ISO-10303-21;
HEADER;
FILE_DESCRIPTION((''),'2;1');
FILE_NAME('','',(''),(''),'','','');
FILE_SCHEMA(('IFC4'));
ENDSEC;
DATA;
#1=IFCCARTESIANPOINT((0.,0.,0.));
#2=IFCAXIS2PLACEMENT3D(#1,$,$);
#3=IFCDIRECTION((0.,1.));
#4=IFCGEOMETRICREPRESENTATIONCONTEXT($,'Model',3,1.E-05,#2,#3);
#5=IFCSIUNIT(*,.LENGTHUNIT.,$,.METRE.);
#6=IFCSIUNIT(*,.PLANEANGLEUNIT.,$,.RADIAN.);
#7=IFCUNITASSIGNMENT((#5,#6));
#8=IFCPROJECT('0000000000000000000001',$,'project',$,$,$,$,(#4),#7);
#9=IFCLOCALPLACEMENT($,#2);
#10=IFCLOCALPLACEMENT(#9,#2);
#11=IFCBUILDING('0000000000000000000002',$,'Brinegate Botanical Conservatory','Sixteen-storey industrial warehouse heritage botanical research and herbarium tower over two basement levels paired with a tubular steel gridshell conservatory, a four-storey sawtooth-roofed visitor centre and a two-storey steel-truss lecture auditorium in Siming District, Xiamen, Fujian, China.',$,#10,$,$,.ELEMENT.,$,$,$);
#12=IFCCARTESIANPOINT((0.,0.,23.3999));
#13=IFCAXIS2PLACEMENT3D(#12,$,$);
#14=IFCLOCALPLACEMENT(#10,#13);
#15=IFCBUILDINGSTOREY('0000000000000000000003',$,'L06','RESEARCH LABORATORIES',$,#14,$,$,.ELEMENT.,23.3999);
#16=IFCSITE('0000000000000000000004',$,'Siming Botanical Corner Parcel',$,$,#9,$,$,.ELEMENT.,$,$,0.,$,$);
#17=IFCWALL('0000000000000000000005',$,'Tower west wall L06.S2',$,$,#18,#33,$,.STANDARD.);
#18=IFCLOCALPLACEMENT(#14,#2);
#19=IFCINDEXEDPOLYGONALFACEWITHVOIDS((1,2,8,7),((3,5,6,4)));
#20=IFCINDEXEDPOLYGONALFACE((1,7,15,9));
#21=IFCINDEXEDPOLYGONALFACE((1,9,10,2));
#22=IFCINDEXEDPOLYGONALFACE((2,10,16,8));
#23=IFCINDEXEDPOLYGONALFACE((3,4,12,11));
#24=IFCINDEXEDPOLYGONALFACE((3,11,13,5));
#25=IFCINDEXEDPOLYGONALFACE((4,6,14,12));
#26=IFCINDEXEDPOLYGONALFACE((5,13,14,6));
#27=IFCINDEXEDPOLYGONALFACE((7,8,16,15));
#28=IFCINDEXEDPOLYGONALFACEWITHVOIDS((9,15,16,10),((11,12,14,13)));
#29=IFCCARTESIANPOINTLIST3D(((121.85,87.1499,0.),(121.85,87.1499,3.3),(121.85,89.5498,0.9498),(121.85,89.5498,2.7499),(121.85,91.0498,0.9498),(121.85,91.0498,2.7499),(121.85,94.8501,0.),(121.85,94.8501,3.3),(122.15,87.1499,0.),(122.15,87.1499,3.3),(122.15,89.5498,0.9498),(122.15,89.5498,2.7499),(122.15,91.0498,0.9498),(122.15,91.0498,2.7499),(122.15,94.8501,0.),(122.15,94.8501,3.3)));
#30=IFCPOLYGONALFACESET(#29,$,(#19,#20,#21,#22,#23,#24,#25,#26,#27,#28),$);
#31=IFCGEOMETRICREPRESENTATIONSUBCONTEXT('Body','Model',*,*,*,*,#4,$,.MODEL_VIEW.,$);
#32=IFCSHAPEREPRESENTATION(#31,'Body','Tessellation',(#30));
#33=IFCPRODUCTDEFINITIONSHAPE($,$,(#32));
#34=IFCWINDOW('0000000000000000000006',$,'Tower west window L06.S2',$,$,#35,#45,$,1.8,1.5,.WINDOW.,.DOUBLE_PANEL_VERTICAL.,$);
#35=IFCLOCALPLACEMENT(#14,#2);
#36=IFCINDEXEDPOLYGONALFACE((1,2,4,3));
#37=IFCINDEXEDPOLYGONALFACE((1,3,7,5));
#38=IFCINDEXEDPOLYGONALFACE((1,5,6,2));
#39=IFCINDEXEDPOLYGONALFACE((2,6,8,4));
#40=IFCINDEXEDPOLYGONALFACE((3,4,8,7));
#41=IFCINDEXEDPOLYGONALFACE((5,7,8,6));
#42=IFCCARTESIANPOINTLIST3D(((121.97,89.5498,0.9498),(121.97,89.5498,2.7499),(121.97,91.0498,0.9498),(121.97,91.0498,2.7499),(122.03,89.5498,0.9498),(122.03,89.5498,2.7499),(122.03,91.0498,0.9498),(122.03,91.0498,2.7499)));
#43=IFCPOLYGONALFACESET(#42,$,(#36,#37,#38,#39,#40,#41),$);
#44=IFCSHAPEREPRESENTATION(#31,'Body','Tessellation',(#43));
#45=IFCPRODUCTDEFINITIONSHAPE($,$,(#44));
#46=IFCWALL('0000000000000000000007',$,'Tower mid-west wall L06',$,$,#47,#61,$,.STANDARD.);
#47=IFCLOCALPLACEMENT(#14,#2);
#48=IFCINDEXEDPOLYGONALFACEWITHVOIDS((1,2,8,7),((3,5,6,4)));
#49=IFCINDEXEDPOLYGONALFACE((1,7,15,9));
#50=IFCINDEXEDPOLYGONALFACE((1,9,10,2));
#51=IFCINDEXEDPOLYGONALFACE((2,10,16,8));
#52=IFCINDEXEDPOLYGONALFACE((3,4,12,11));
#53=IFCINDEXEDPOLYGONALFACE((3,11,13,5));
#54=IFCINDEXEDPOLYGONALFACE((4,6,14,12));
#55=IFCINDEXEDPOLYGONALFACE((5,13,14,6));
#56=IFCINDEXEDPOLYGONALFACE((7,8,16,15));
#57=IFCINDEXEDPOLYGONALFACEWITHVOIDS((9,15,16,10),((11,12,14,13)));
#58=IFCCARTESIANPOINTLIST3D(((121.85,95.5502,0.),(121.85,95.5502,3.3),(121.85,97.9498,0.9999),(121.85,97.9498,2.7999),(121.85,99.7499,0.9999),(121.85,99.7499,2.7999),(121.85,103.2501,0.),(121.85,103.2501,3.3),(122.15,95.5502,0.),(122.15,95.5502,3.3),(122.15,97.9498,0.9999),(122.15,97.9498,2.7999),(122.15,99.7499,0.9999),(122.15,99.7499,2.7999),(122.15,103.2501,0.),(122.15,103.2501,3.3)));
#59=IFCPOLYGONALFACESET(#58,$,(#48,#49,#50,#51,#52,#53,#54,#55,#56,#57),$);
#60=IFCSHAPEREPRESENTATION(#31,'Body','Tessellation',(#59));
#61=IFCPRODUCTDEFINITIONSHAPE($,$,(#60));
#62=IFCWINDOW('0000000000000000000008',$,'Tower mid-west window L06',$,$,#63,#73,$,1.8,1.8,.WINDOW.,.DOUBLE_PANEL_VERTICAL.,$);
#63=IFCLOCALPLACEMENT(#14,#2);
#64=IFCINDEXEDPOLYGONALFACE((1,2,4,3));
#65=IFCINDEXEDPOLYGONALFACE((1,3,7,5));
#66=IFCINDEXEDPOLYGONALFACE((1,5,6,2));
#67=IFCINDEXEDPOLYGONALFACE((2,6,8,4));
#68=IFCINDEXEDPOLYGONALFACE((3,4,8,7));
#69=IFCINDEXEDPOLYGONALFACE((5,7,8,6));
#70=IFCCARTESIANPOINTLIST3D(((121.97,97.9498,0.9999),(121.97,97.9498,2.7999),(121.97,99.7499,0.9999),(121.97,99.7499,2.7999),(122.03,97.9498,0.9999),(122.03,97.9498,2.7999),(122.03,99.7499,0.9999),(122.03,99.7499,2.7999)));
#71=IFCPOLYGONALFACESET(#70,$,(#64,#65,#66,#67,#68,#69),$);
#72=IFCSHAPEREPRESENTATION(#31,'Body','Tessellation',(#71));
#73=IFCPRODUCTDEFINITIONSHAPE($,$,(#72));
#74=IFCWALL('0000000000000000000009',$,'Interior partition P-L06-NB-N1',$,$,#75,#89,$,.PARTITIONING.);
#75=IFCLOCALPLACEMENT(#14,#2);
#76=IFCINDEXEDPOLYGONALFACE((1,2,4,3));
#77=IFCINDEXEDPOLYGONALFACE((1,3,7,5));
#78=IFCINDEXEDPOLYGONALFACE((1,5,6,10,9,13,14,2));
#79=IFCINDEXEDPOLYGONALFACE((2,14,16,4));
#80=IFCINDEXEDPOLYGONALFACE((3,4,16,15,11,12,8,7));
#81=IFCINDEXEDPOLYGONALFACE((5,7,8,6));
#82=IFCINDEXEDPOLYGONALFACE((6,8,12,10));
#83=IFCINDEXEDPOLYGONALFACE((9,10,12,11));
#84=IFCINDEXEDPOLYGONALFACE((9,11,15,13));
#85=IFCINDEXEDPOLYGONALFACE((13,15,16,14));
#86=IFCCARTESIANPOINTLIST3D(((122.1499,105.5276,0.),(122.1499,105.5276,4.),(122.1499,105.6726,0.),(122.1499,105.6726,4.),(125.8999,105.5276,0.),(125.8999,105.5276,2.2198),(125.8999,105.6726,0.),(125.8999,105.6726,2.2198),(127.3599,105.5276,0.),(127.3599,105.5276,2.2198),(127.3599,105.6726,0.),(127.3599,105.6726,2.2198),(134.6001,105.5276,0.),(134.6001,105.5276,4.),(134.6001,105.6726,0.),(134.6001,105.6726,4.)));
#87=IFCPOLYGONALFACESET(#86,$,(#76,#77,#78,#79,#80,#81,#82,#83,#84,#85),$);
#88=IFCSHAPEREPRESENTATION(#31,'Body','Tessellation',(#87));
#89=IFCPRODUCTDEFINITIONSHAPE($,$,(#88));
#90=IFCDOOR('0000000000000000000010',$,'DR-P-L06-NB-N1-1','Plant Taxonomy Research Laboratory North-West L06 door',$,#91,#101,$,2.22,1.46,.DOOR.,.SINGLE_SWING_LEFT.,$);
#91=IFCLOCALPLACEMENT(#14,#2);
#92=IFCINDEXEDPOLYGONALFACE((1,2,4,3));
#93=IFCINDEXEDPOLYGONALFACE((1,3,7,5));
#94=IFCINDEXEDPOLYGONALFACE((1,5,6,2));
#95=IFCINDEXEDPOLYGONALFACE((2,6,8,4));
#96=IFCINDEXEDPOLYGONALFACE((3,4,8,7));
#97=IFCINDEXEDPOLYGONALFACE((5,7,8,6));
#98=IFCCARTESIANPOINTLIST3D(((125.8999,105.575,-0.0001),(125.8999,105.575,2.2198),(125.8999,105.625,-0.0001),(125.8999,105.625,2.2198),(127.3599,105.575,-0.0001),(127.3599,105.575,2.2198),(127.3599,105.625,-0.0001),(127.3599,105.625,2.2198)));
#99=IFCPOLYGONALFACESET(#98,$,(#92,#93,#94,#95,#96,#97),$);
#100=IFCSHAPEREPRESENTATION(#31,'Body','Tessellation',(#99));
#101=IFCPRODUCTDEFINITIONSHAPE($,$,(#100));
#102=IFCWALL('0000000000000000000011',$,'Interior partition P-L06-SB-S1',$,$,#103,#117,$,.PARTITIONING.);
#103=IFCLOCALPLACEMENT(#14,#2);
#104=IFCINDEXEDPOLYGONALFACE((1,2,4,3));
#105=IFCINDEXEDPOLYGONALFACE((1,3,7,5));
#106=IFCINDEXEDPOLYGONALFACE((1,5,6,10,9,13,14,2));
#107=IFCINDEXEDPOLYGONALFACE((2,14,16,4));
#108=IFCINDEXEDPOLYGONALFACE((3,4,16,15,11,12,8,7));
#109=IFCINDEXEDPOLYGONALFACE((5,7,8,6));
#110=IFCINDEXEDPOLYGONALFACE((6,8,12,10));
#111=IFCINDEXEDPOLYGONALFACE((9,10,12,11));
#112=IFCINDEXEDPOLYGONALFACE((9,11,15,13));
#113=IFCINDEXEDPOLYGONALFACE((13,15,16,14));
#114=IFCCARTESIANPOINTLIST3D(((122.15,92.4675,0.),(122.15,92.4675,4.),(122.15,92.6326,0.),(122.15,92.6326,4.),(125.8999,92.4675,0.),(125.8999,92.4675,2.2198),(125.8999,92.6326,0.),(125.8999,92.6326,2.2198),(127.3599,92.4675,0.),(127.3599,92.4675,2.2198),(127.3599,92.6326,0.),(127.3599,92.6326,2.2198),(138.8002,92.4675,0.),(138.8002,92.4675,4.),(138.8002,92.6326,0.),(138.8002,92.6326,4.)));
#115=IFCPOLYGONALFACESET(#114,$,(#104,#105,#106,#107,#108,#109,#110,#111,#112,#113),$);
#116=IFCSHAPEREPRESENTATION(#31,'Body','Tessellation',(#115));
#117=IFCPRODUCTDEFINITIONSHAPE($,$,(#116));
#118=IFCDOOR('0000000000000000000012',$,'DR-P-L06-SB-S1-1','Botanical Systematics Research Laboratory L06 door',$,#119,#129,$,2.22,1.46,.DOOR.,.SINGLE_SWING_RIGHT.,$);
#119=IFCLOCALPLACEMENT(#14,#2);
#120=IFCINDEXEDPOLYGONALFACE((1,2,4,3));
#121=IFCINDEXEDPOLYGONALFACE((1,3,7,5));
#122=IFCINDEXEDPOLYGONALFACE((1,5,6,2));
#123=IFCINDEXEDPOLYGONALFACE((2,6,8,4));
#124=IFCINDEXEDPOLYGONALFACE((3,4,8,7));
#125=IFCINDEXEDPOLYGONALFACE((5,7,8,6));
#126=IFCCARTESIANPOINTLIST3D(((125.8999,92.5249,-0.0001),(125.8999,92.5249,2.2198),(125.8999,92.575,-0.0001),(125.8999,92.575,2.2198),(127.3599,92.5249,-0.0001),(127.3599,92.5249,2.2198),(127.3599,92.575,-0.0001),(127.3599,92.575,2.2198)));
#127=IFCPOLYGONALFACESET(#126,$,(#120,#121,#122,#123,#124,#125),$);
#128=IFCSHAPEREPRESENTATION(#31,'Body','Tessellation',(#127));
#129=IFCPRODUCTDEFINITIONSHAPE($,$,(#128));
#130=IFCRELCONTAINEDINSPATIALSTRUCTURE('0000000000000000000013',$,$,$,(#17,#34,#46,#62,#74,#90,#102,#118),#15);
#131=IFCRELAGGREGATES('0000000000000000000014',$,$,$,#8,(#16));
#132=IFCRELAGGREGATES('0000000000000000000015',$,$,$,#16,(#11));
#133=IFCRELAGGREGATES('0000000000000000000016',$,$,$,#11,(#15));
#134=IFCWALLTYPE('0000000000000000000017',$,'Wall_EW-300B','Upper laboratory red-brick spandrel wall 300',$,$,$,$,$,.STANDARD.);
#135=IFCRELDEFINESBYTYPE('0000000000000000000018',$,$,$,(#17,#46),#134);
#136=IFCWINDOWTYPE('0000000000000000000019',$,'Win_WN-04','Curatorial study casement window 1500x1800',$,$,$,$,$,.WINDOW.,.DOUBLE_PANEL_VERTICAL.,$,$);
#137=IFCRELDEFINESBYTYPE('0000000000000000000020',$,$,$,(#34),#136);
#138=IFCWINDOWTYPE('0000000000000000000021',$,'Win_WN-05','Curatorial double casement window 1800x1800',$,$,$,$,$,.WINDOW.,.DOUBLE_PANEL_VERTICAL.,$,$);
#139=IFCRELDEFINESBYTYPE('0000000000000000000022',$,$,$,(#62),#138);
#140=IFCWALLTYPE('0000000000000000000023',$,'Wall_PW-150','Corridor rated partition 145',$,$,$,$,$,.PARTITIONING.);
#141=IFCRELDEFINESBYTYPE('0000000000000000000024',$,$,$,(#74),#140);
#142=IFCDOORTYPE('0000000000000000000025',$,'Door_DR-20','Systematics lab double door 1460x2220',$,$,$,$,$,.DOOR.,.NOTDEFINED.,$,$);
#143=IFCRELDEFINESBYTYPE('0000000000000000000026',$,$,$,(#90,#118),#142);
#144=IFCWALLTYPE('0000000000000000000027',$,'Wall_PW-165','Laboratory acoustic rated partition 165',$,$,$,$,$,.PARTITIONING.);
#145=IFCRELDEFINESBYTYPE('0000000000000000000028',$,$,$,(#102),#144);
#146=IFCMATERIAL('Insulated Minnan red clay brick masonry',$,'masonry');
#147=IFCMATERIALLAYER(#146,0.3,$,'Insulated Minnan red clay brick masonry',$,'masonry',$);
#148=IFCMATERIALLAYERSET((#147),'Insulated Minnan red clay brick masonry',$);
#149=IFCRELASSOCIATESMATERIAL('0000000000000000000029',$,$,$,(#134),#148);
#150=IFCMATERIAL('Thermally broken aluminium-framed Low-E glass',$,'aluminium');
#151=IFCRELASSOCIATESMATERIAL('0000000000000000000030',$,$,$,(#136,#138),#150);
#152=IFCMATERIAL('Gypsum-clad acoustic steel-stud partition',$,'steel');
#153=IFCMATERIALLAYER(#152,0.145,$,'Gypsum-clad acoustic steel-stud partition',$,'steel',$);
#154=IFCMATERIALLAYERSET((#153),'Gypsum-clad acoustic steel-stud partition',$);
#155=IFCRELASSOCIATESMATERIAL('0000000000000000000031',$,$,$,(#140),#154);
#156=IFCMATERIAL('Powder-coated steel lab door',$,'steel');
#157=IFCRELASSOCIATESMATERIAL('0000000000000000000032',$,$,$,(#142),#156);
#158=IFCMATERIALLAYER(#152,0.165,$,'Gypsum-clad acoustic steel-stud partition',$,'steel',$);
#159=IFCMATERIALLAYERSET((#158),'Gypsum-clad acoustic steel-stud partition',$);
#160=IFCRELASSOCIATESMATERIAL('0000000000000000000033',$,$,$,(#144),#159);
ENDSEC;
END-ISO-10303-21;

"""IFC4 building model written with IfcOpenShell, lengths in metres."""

from ifc_helpers import new_model, si_unit, direction, frame, frame_2d, origin, place, context, subcontext, project, spatial, rectangle, extrude, material, layer, layer_set, type_object, element, fill, save


model = new_model("IFC4")

# Units and contexts
model_context = context("Model", 3, precision=1e-05, world=origin(), true_north=direction((0.0, 1.0)))
body_context = subcontext(model_context, "Body", "Model", "MODEL_VIEW")
ifc_project = project(units=[si_unit("LENGTHUNIT", "METRE"), si_unit("PLANEANGLEUNIT", "RADIAN")], contexts=[model_context])

# Site, building, storey
site_placement = place(None, origin())
site = spatial("IfcSite", under=ifc_project, at=site_placement, Name="Siming Botanical Corner Parcel", CompositionType="ELEMENT", RefElevation=0.0)
building_placement = place(site_placement, origin())
building = spatial("IfcBuilding", under=site, at=building_placement, Name="Brinegate Botanical Conservatory", Description="Sixteen-storey industrial warehouse heritage botanical research and herbarium tower over two basement levels paired with a tubular steel gridshell conservatory, a four-storey sawtooth-roofed visitor centre and a two-storey steel-truss lecture auditorium in Siming District, Xiamen, Fujian, China.", CompositionType="ELEMENT")
storey_placement = place(building_placement, frame((0.0, 0.0, 23.3999)))
storey = spatial("IfcBuildingStorey", under=building, at=storey_placement, Name="L06", Description="RESEARCH LABORATORIES", CompositionType="ELEMENT", Elevation=23.3999)

# Walls, openings, windows
ifc_material_1 = material(Name="Insulated Minnan red clay brick masonry", Category="masonry")
ifc_layer_1 = layer(ifc_material_1, 0.3, Name="Insulated Minnan red clay brick masonry", Category="masonry")
ifc_layer_set_1 = layer_set([ifc_layer_1], Name="Insulated Minnan red clay brick masonry")
wall_type_1 = type_object("IfcWallType", Name="Wall_EW-300B", Description="Upper laboratory red-brick spandrel wall 300", PredefinedType="STANDARD", material=ifc_layer_set_1)
wall_1_placement = place(storey_placement, frame((122.0, 87.1499, 0.0), z_axis=(0.0, 0.0, 1.0), x_axis=(0.0, 1.0, 0.0)))
wall_1 = element("IfcWall", 1, at=wall_1_placement, inside=storey, type_object=wall_type_1, Name="Tower west wall L06.S2", PredefinedType="STANDARD", context=body_context, shape_type="SweptSolid", body=[
    extrude(rectangle(XDim=7.7002, YDim=0.3, at=frame_2d((3.8501, 0.0))), origin(), (0.0, 0.0, 1.0), 3.3),
])
opening_1_placement = place(wall_1_placement, frame((2.3999, 0.0, 0.95)))
opening_1 = element("IfcOpeningElement", 2, at=opening_1_placement, cuts=wall_1, PredefinedType="OPENING", context=body_context, shape_type="SweptSolid", body=[
    extrude(rectangle(XDim=1.5, YDim=1.8, at=frame_2d((0.75, 0.8999))), frame((0.0, 0.1599, 0.0), z_axis=(0.0, -1.0, 0.0), x_axis=(1.0, 0.0, 0.0)), (0.0, 0.0, 1.0), 0.3201),
])
ifc_material_2 = material(Name="Thermally broken aluminium-framed Low-E glass", Category="aluminium")
window_type_1 = type_object("IfcWindowType", Name="Win_WN-04", Description="Curatorial study casement window 1500x1800", PartitioningType="DOUBLE_PANEL_VERTICAL", PredefinedType="WINDOW", material=ifc_material_2)
window_1_placement = place(opening_1_placement, origin())
window_1 = element("IfcWindow", 3, at=window_1_placement, inside=storey, type_object=window_type_1, Name="Tower west window L06.S2", OverallHeight=1.8, OverallWidth=1.5, PartitioningType="DOUBLE_PANEL_VERTICAL", PredefinedType="WINDOW", context=body_context, shape_type="SweptSolid", body=[
    extrude(rectangle(XDim=1.5, YDim=1.8, at=frame_2d((0.75, 0.8999))), frame((0.0, 0.03, 0.0), z_axis=(0.0, -1.0, 0.0), x_axis=(1.0, 0.0, 0.0)), (0.0, 0.0, 1.0), 0.0601),
])
fill(opening_1, window_1)
wall_2_placement = place(storey_placement, frame((122.0, 95.55, 0.0), z_axis=(0.0, 0.0, 1.0), x_axis=(0.0, 1.0, 0.0)))
wall_2 = element("IfcWall", 4, at=wall_2_placement, inside=storey, type_object=wall_type_1, Name="Tower mid-west wall L06", PredefinedType="STANDARD", context=body_context, shape_type="SweptSolid", body=[
    extrude(rectangle(XDim=7.7, YDim=0.3, at=frame_2d((3.8501, 0.0))), origin(), (0.0, 0.0, 1.0), 3.3),
])
opening_2_placement = place(wall_2_placement, frame((2.3999, 0.0, 1.0)))
opening_2 = element("IfcOpeningElement", 5, at=opening_2_placement, cuts=wall_2, PredefinedType="OPENING", context=body_context, shape_type="SweptSolid", body=[
    extrude(rectangle(XDim=1.8, YDim=1.8, at=frame_2d((0.8999, 0.8999))), frame((0.0, 0.1599, 0.0), z_axis=(0.0, -1.0, 0.0), x_axis=(1.0, 0.0, 0.0)), (0.0, 0.0, 1.0), 0.3201),
])
window_type_2 = type_object("IfcWindowType", Name="Win_WN-05", Description="Curatorial double casement window 1800x1800", PartitioningType="DOUBLE_PANEL_VERTICAL", PredefinedType="WINDOW", material=ifc_material_2)
window_2_placement = place(opening_2_placement, origin())
window_2 = element("IfcWindow", 6, at=window_2_placement, inside=storey, type_object=window_type_2, Name="Tower mid-west window L06", OverallHeight=1.8, OverallWidth=1.8, PartitioningType="DOUBLE_PANEL_VERTICAL", PredefinedType="WINDOW", context=body_context, shape_type="SweptSolid", body=[
    extrude(rectangle(XDim=1.8, YDim=1.8, at=frame_2d((0.8999, 0.8999))), frame((0.0, 0.03, 0.0), z_axis=(0.0, -1.0, 0.0), x_axis=(1.0, 0.0, 0.0)), (0.0, 0.0, 1.0), 0.0601),
])
fill(opening_2, window_2)

# Walls, openings, doors
ifc_material_3 = material(Name="Gypsum-clad acoustic steel-stud partition", Category="steel")
ifc_layer_2 = layer(ifc_material_3, 0.145, Name="Gypsum-clad acoustic steel-stud partition", Category="steel")
ifc_layer_set_2 = layer_set([ifc_layer_2], Name="Gypsum-clad acoustic steel-stud partition")
wall_type_2 = type_object("IfcWallType", Name="Wall_PW-150", Description="Corridor rated partition 145", PredefinedType="PARTITIONING", material=ifc_layer_set_2)
wall_3_placement = place(storey_placement, frame((122.1499, 105.6001, 0.0), z_axis=(0.0, 0.0, 1.0), x_axis=(1.0, 0.0, 0.0)))
wall_3 = element("IfcWall", 7, at=wall_3_placement, inside=storey, type_object=wall_type_2, Name="Interior partition P-L06-NB-N1", PredefinedType="PARTITIONING", context=body_context, shape_type="SweptSolid", body=[
    extrude(rectangle(XDim=12.4502, YDim=0.145, at=frame_2d((6.2251, 0.0))), origin(), (0.0, 0.0, 1.0), 4.0),
])
opening_3_placement = place(wall_3_placement, frame((3.75, 0.0, 0.0)))
opening_3 = element("IfcOpeningElement", 8, at=opening_3_placement, cuts=wall_3, PredefinedType="OPENING", context=body_context, shape_type="SweptSolid", body=[
    extrude(rectangle(XDim=1.46, YDim=2.22, at=frame_2d((0.73, 1.1099))), frame((0.0, 0.0825, 0.0), z_axis=(0.0, -1.0, 0.0), x_axis=(1.0, 0.0, 0.0)), (0.0, 0.0, 1.0), 0.165),
])
ifc_material_4 = material(Name="Powder-coated steel lab door", Category="steel")
door_type = type_object("IfcDoorType", Name="Door_DR-20", Description="Systematics lab double door 1460x2220", OperationType="NOTDEFINED", PredefinedType="DOOR", material=ifc_material_4)
door_1_placement = place(opening_3_placement, origin())
door_1 = element("IfcDoor", 9, at=door_1_placement, inside=storey, type_object=door_type, Name="DR-P-L06-NB-N1-1", Description="Plant Taxonomy Research Laboratory North-West L06 door", OperationType="SINGLE_SWING_LEFT", OverallHeight=2.22, OverallWidth=1.46, PredefinedType="DOOR", context=body_context, shape_type="SweptSolid", body=[
    extrude(rectangle(XDim=1.46, YDim=2.22, at=frame_2d((0.73, 1.1099))), frame((0.0, 0.0249, 0.0), z_axis=(0.0, -1.0, 0.0), x_axis=(1.0, 0.0, 0.0)), (0.0, 0.0, 1.0), 0.05),
])
fill(opening_3, door_1)
ifc_layer_3 = layer(ifc_material_3, 0.165, Name="Gypsum-clad acoustic steel-stud partition", Category="steel")
ifc_layer_set_3 = layer_set([ifc_layer_3], Name="Gypsum-clad acoustic steel-stud partition")
wall_type_3 = type_object("IfcWallType", Name="Wall_PW-165", Description="Laboratory acoustic rated partition 165", PredefinedType="PARTITIONING", material=ifc_layer_set_3)
wall_4_placement = place(storey_placement, frame((122.1499, 92.55, 0.0), z_axis=(0.0, 0.0, 1.0), x_axis=(1.0, 0.0, 0.0)))
wall_4 = element("IfcWall", 10, at=wall_4_placement, inside=storey, type_object=wall_type_3, Name="Interior partition P-L06-SB-S1", PredefinedType="PARTITIONING", context=body_context, shape_type="SweptSolid", body=[
    extrude(rectangle(XDim=16.6501, YDim=0.165, at=frame_2d((8.3252, 0.0))), origin(), (0.0, 0.0, 1.0), 4.0),
])
opening_4_placement = place(wall_4_placement, frame((3.75, 0.0, 0.0)))
opening_4 = element("IfcOpeningElement", 11, at=opening_4_placement, cuts=wall_4, PredefinedType="OPENING", context=body_context, shape_type="SweptSolid", body=[
    extrude(rectangle(XDim=1.46, YDim=2.22, at=frame_2d((0.73, 1.1099))), frame((0.0, 0.0925, 0.0), z_axis=(0.0, -1.0, 0.0), x_axis=(1.0, 0.0, 0.0)), (0.0, 0.0, 1.0), 0.1851),
])
door_2_placement = place(opening_4_placement, origin())
door_2 = element("IfcDoor", 12, at=door_2_placement, inside=storey, type_object=door_type, Name="DR-P-L06-SB-S1-1", Description="Botanical Systematics Research Laboratory L06 door", OperationType="SINGLE_SWING_RIGHT", OverallHeight=2.22, OverallWidth=1.46, PredefinedType="DOOR", context=body_context, shape_type="SweptSolid", body=[
    extrude(rectangle(XDim=1.46, YDim=2.22, at=frame_2d((0.73, 1.1099))), frame((0.0, 0.0249, 0.0), z_axis=(0.0, -1.0, 0.0), x_axis=(1.0, 0.0, 0.0)), (0.0, 0.0, 1.0), 0.05),
])
fill(opening_4, door_2)

save(model, "model.ifc")
